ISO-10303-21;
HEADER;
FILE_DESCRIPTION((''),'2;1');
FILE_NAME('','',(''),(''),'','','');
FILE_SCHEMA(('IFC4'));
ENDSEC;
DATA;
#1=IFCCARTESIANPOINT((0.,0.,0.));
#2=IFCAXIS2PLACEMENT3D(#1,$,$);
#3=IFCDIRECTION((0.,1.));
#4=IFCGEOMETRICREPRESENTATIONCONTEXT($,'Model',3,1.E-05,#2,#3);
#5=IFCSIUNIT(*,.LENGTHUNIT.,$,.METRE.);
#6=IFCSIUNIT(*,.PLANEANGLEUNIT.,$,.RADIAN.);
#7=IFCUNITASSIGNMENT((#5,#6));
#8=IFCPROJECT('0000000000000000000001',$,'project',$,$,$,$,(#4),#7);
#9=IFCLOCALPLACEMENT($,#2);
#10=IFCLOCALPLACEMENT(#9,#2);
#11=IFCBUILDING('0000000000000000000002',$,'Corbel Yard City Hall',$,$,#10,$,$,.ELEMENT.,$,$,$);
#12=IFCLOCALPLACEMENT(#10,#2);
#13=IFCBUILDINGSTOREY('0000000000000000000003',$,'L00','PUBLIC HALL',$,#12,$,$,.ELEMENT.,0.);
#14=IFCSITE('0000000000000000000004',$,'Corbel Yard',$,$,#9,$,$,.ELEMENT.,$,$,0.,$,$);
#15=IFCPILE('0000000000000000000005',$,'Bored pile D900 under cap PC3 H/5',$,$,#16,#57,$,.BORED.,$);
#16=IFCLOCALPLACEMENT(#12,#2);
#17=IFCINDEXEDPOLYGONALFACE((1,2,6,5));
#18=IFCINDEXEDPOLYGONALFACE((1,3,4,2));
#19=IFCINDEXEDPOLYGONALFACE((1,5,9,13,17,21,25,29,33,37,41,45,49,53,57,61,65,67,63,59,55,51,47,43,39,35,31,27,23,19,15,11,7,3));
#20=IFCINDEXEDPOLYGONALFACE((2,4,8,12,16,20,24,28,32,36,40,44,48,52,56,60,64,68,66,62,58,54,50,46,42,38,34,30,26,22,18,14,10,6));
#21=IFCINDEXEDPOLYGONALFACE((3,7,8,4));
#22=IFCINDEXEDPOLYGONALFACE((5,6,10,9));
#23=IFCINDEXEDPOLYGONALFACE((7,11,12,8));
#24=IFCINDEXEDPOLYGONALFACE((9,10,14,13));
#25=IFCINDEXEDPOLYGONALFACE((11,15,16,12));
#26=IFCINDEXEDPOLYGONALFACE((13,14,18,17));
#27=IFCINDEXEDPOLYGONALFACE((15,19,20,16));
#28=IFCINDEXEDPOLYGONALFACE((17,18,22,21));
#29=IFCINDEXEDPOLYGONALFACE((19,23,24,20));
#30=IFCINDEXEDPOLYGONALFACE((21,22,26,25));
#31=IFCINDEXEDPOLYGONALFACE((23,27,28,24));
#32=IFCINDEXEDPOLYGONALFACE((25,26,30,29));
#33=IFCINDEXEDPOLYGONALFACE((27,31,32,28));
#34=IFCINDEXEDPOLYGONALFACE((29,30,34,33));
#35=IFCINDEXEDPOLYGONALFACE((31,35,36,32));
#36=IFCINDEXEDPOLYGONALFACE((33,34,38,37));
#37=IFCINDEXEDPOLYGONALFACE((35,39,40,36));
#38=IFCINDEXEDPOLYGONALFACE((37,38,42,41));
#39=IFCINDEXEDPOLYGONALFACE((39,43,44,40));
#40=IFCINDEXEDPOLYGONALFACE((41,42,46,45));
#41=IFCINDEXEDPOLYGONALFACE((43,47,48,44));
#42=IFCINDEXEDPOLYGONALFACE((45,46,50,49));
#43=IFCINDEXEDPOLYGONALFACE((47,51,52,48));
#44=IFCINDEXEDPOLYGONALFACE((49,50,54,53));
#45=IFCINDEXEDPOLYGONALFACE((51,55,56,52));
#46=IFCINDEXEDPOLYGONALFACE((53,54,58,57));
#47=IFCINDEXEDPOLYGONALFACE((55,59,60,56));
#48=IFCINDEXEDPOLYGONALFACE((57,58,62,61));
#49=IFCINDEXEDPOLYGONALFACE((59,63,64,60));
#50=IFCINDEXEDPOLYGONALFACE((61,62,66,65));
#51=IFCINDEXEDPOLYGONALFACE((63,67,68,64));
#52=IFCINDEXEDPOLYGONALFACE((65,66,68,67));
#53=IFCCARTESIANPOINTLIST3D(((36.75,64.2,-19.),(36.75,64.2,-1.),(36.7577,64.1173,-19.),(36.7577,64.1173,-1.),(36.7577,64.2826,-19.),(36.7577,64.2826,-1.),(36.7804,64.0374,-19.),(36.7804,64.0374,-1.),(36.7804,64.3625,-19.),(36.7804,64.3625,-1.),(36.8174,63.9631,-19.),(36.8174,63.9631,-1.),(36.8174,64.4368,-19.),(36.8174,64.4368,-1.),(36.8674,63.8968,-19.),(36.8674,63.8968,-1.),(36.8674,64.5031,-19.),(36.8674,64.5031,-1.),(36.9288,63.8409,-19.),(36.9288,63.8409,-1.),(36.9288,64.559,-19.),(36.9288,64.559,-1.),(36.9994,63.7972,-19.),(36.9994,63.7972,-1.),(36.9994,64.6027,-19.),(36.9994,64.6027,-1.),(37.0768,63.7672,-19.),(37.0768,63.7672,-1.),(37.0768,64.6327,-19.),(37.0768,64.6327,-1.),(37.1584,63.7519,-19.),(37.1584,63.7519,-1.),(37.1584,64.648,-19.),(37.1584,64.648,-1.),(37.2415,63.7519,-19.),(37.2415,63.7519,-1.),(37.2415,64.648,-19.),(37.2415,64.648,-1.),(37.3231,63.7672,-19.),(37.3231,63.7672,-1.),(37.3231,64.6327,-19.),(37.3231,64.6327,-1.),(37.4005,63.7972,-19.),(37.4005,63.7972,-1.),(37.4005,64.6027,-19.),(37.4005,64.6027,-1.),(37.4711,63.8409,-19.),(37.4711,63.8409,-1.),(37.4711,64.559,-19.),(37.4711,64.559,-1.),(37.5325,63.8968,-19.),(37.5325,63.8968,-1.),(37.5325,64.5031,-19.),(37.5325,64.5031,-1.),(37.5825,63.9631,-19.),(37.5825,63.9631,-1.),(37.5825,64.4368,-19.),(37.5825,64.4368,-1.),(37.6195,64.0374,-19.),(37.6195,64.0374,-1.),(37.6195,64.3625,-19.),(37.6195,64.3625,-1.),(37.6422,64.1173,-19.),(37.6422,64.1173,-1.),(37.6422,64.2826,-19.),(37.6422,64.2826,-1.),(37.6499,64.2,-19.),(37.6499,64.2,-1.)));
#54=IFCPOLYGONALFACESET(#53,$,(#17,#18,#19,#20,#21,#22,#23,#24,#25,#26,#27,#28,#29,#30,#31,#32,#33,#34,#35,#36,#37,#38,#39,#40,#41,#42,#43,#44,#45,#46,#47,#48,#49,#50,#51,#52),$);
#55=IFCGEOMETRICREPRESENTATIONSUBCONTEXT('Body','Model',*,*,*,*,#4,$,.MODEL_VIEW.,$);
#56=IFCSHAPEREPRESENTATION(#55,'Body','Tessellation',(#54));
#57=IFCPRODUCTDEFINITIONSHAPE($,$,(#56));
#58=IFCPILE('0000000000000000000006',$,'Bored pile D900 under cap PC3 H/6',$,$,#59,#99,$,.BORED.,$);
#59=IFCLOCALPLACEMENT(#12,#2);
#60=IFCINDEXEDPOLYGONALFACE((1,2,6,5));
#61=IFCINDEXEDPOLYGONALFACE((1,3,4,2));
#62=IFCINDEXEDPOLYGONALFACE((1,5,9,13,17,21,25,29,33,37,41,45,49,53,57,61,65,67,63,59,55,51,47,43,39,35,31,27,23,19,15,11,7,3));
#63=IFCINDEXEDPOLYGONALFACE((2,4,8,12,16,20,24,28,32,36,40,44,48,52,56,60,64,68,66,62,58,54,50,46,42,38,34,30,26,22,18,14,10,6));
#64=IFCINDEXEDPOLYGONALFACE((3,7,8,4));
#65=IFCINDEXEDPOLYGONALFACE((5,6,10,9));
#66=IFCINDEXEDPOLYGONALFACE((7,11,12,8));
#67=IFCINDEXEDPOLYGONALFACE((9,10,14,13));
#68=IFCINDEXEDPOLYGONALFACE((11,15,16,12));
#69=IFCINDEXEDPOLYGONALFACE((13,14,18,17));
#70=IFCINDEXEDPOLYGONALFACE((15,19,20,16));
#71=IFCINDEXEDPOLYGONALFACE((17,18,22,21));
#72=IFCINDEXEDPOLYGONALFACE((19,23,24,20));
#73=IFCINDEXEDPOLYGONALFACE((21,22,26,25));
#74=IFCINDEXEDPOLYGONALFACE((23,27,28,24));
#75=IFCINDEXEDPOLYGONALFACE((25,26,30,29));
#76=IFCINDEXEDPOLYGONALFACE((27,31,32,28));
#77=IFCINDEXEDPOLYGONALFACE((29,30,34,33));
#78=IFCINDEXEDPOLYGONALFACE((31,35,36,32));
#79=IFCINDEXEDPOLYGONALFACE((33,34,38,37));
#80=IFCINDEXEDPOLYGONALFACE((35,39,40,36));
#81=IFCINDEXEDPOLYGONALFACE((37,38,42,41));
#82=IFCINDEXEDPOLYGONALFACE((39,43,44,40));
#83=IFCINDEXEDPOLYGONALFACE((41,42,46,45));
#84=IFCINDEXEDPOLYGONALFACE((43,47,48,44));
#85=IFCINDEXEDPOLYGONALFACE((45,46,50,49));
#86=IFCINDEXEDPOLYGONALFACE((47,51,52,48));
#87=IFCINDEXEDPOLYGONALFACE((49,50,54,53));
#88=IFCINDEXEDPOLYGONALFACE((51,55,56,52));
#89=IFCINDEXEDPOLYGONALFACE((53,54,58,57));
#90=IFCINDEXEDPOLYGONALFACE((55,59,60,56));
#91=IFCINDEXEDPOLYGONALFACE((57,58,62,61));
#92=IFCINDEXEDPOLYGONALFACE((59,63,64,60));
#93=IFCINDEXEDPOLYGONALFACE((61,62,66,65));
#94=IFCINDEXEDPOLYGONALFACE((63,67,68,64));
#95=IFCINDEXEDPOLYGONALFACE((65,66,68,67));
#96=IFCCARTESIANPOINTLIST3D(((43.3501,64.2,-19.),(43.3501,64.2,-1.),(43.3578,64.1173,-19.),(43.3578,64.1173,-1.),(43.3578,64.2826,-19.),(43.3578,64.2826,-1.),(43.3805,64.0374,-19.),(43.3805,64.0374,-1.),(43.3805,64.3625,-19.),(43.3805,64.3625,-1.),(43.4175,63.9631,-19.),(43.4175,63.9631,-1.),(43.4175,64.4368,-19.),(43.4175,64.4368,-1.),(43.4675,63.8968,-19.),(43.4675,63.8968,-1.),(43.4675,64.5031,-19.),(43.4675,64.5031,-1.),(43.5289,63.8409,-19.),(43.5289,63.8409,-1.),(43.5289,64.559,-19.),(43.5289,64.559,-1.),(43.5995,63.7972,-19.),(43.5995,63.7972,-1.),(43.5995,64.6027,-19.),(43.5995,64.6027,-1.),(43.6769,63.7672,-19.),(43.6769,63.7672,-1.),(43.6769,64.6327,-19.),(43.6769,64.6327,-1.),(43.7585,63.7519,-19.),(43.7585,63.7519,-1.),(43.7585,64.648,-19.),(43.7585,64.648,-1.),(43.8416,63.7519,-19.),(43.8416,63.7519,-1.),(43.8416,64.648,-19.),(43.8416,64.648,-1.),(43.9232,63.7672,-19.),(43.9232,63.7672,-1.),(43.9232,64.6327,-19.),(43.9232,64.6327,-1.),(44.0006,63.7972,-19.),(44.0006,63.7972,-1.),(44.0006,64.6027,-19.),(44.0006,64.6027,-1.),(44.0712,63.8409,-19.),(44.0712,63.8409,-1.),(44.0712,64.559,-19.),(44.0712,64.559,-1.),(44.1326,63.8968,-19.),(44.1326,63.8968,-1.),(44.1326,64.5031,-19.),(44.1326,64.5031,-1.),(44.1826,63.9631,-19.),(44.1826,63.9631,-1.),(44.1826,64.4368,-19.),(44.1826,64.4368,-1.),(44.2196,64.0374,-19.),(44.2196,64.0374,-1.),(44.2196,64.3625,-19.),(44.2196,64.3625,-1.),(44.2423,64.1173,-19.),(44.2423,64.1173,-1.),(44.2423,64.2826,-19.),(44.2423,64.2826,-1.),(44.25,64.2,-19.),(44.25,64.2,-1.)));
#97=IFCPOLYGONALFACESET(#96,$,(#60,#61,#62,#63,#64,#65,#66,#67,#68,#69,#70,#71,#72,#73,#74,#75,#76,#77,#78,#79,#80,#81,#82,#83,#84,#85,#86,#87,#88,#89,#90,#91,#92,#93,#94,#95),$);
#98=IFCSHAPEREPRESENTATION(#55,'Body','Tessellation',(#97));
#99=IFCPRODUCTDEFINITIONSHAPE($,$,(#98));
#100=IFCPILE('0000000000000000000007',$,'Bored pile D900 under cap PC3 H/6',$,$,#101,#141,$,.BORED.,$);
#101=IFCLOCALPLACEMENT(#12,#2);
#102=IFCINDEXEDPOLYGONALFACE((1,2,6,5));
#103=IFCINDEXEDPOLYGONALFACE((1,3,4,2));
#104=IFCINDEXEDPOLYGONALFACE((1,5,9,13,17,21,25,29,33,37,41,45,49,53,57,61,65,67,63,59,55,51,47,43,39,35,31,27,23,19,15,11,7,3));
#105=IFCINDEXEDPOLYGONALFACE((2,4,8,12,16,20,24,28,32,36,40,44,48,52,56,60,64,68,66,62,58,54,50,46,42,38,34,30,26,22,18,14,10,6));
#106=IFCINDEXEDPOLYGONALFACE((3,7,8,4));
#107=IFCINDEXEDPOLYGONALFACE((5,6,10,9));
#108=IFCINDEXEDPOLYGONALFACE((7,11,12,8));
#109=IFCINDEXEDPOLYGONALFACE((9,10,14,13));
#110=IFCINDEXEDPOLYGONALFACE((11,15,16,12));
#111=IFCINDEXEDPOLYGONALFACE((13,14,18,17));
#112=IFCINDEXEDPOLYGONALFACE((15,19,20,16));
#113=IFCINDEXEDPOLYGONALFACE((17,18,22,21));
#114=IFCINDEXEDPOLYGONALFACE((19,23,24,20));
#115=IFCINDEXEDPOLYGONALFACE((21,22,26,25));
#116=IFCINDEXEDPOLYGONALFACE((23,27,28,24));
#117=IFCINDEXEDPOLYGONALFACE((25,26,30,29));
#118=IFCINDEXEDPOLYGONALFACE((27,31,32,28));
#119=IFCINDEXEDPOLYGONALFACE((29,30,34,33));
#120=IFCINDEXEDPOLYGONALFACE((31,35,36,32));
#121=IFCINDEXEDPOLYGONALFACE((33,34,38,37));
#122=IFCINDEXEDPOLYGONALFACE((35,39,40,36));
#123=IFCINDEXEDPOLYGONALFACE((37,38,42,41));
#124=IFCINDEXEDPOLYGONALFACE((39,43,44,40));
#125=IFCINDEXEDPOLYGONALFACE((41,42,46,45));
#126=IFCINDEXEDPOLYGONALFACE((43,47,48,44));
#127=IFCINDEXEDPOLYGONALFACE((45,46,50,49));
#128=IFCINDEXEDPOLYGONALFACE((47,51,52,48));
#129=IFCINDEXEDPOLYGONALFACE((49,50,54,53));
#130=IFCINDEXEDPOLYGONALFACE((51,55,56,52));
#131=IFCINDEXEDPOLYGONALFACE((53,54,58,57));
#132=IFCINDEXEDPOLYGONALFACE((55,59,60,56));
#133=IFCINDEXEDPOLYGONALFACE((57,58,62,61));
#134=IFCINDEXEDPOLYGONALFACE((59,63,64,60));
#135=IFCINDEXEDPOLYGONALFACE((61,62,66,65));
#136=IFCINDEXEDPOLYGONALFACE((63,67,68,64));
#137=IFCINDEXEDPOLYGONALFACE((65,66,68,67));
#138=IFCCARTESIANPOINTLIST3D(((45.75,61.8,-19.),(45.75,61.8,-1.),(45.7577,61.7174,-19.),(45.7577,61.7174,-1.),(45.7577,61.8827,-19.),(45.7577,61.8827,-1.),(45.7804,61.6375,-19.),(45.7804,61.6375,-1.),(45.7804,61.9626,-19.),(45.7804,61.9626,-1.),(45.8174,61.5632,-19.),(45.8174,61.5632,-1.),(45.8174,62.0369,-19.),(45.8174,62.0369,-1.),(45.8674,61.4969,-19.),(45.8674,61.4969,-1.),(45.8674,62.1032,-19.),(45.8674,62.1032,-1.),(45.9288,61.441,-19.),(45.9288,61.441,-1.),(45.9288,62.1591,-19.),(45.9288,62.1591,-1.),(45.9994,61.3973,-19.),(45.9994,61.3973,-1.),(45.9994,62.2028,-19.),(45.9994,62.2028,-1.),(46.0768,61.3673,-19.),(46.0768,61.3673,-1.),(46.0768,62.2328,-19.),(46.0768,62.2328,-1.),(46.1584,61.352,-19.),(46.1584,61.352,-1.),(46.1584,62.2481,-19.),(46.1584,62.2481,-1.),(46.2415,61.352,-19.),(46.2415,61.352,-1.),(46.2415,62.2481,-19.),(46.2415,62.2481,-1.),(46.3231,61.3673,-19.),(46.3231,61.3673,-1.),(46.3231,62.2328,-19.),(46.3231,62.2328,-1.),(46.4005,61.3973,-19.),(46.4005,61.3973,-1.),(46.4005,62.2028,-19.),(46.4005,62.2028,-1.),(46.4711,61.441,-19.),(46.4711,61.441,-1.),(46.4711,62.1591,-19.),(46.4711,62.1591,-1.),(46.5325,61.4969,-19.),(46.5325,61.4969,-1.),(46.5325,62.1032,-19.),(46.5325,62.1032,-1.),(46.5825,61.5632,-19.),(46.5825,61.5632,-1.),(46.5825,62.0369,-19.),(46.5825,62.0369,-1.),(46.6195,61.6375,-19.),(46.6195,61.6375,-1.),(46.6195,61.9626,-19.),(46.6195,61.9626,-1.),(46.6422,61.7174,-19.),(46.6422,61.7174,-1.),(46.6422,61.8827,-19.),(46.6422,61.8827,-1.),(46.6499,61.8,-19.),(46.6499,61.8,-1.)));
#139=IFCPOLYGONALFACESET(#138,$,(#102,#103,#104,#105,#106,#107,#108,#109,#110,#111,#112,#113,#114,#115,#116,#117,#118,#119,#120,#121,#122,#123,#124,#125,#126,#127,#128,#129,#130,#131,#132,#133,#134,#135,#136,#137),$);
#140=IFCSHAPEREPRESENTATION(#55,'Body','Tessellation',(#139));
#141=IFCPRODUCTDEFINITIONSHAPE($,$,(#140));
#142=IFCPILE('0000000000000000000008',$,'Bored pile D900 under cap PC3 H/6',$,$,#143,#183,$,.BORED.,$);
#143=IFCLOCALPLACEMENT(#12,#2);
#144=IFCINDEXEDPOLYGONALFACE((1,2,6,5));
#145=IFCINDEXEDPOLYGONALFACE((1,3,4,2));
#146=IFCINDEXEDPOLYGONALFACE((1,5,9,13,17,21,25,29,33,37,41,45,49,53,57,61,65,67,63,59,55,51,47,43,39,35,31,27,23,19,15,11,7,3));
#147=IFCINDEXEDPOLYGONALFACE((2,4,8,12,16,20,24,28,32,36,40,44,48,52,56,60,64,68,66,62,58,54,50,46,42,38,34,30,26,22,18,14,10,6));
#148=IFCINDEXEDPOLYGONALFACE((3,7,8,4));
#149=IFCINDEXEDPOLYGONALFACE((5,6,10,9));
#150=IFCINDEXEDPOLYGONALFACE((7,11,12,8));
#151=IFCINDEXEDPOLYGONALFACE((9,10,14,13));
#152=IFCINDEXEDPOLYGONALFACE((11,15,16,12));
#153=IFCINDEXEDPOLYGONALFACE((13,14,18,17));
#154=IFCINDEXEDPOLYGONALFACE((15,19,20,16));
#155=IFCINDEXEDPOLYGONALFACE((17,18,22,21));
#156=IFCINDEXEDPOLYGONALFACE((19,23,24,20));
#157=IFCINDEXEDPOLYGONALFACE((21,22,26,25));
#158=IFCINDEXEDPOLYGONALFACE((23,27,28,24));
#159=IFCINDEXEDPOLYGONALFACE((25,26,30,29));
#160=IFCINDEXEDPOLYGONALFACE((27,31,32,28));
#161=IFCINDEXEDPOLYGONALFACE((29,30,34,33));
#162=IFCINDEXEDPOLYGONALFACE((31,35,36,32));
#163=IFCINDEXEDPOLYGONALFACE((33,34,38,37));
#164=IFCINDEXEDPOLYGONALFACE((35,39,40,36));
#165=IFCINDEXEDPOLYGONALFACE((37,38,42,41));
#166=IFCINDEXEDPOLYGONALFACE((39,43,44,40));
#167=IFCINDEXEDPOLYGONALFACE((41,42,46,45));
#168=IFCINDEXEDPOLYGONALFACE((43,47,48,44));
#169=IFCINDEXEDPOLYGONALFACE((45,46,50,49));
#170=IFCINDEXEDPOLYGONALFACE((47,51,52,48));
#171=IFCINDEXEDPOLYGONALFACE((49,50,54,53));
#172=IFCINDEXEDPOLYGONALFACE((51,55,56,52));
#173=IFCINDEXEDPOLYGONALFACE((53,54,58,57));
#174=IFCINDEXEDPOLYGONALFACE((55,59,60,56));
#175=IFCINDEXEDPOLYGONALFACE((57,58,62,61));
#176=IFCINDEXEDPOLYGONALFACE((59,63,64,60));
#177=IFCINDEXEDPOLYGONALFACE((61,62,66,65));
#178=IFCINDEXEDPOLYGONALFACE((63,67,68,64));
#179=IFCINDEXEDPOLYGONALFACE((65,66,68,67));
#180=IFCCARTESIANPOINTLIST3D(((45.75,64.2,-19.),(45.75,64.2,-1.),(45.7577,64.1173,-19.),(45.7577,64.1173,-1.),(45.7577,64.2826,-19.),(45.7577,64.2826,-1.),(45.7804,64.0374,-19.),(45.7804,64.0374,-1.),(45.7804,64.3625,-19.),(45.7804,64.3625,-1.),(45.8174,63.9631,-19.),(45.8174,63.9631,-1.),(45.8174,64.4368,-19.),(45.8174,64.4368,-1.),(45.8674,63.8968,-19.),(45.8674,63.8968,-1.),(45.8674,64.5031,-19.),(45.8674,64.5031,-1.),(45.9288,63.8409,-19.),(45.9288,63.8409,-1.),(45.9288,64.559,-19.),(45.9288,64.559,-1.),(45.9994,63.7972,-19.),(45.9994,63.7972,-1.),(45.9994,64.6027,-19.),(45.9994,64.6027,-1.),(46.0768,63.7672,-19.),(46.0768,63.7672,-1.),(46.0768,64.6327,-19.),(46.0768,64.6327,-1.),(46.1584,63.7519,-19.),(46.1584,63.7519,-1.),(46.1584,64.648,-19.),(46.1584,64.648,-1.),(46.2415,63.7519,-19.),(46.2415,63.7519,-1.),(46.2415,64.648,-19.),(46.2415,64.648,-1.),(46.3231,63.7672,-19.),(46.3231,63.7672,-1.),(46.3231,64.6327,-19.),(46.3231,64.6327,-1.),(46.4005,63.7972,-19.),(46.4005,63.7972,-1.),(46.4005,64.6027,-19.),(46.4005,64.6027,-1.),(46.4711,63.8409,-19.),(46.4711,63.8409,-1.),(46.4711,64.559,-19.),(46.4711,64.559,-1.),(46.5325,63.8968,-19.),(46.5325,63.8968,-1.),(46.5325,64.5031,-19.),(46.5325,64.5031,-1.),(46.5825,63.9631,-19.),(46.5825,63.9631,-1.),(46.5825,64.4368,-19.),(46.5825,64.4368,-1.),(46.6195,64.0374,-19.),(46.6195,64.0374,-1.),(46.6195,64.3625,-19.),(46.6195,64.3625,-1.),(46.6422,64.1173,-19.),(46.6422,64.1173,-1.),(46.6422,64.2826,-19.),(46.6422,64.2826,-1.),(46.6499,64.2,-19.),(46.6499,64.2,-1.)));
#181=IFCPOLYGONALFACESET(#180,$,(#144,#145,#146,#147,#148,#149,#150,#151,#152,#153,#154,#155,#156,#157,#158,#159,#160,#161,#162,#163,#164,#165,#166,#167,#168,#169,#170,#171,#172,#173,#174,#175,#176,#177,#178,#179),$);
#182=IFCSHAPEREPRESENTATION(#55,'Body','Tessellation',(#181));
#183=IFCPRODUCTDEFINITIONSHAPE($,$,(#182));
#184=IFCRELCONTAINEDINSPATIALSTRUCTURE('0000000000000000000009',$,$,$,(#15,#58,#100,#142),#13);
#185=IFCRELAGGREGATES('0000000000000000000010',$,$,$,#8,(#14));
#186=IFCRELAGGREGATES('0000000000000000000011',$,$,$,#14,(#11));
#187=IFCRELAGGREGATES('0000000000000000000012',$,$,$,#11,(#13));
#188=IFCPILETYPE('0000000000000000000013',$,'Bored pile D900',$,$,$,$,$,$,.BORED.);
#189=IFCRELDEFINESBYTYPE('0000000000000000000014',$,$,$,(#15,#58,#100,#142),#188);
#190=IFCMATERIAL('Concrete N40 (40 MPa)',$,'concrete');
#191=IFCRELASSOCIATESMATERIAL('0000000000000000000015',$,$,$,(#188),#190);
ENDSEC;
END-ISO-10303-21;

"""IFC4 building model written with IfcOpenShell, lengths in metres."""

from ifc_helpers import new_model, si_unit, direction, frame, origin, origin_2d, place, context, subcontext, project, spatial, circle, extrude, material, material_profile, profile_set, type_object, element, save


model = new_model("IFC4")

# Units and contexts
model_context = context("Model", 3, precision=1e-05, world=origin(), true_north=direction((0.0, 1.0)))
body_context = subcontext(model_context, "Body", "Model", "MODEL_VIEW")
ifc_project = project(units=[si_unit("LENGTHUNIT", "METRE"), si_unit("PLANEANGLEUNIT", "RADIAN")], contexts=[model_context])

# Site, building, storey
site_placement = place(None, origin())
site = spatial("IfcSite", under=ifc_project, at=site_placement, Name="Corbel Yard", CompositionType="ELEMENT", RefElevation=0.0)
building_placement = place(site_placement, origin())
building = spatial("IfcBuilding", under=site, at=building_placement, Name="Corbel Yard City Hall", CompositionType="ELEMENT")
storey_placement = place(building_placement, origin())
storey = spatial("IfcBuildingStorey", under=building, at=storey_placement, Name="L00", Description="PUBLIC HALL", CompositionType="ELEMENT", Elevation=0.0)

# Piles
ifc_material_1 = material(Name="Concrete N40 (40 MPa)", Category="concrete")
ifc_material_profile_1 = material_profile(ifc_material_1, circle(Radius=0.45, at=origin_2d()), Name="D900")
ifc_profile_set_1 = profile_set([ifc_material_profile_1], Name="Concrete N40 (40 MPa)")
pile_type = type_object("IfcPileType", Name="Bored pile D900", PredefinedType="BORED", material=ifc_profile_set_1)
for number, where, z_axis, x_axis, name in (
    (1, (37.2, 64.2, -1.0), (0.0, 0.0, -1.0), (1.0, 0.0, 0.0), "Bored pile D900 under cap PC3 H/5"),
    (2, (43.8, 64.2, -1.0), (0.0, 0.0, -1.0), (1.0, 0.0, 0.0), "Bored pile D900 under cap PC3 H/6"),
    (3, (46.2, 61.8, -1.0), (0.0, 0.0, -1.0), (1.0, 0.0, 0.0), "Bored pile D900 under cap PC3 H/6"),
    (4, (46.2, 64.2, -1.0), (0.0, 0.0, -1.0), (1.0, 0.0, 0.0), "Bored pile D900 under cap PC3 H/6"),
):
    element("IfcPile", number, at=place(storey_placement, frame(where, z_axis=z_axis, x_axis=x_axis)), inside=storey, type_object=pile_type, Name=name, PredefinedType="BORED", context=body_context, shape_type="SweptSolid", body=[
        extrude(circle(Radius=0.45, at=origin_2d()), origin(), (0.0, 0.0, 1.0), 18.0),
    ])

save(model, "model.ifc")
